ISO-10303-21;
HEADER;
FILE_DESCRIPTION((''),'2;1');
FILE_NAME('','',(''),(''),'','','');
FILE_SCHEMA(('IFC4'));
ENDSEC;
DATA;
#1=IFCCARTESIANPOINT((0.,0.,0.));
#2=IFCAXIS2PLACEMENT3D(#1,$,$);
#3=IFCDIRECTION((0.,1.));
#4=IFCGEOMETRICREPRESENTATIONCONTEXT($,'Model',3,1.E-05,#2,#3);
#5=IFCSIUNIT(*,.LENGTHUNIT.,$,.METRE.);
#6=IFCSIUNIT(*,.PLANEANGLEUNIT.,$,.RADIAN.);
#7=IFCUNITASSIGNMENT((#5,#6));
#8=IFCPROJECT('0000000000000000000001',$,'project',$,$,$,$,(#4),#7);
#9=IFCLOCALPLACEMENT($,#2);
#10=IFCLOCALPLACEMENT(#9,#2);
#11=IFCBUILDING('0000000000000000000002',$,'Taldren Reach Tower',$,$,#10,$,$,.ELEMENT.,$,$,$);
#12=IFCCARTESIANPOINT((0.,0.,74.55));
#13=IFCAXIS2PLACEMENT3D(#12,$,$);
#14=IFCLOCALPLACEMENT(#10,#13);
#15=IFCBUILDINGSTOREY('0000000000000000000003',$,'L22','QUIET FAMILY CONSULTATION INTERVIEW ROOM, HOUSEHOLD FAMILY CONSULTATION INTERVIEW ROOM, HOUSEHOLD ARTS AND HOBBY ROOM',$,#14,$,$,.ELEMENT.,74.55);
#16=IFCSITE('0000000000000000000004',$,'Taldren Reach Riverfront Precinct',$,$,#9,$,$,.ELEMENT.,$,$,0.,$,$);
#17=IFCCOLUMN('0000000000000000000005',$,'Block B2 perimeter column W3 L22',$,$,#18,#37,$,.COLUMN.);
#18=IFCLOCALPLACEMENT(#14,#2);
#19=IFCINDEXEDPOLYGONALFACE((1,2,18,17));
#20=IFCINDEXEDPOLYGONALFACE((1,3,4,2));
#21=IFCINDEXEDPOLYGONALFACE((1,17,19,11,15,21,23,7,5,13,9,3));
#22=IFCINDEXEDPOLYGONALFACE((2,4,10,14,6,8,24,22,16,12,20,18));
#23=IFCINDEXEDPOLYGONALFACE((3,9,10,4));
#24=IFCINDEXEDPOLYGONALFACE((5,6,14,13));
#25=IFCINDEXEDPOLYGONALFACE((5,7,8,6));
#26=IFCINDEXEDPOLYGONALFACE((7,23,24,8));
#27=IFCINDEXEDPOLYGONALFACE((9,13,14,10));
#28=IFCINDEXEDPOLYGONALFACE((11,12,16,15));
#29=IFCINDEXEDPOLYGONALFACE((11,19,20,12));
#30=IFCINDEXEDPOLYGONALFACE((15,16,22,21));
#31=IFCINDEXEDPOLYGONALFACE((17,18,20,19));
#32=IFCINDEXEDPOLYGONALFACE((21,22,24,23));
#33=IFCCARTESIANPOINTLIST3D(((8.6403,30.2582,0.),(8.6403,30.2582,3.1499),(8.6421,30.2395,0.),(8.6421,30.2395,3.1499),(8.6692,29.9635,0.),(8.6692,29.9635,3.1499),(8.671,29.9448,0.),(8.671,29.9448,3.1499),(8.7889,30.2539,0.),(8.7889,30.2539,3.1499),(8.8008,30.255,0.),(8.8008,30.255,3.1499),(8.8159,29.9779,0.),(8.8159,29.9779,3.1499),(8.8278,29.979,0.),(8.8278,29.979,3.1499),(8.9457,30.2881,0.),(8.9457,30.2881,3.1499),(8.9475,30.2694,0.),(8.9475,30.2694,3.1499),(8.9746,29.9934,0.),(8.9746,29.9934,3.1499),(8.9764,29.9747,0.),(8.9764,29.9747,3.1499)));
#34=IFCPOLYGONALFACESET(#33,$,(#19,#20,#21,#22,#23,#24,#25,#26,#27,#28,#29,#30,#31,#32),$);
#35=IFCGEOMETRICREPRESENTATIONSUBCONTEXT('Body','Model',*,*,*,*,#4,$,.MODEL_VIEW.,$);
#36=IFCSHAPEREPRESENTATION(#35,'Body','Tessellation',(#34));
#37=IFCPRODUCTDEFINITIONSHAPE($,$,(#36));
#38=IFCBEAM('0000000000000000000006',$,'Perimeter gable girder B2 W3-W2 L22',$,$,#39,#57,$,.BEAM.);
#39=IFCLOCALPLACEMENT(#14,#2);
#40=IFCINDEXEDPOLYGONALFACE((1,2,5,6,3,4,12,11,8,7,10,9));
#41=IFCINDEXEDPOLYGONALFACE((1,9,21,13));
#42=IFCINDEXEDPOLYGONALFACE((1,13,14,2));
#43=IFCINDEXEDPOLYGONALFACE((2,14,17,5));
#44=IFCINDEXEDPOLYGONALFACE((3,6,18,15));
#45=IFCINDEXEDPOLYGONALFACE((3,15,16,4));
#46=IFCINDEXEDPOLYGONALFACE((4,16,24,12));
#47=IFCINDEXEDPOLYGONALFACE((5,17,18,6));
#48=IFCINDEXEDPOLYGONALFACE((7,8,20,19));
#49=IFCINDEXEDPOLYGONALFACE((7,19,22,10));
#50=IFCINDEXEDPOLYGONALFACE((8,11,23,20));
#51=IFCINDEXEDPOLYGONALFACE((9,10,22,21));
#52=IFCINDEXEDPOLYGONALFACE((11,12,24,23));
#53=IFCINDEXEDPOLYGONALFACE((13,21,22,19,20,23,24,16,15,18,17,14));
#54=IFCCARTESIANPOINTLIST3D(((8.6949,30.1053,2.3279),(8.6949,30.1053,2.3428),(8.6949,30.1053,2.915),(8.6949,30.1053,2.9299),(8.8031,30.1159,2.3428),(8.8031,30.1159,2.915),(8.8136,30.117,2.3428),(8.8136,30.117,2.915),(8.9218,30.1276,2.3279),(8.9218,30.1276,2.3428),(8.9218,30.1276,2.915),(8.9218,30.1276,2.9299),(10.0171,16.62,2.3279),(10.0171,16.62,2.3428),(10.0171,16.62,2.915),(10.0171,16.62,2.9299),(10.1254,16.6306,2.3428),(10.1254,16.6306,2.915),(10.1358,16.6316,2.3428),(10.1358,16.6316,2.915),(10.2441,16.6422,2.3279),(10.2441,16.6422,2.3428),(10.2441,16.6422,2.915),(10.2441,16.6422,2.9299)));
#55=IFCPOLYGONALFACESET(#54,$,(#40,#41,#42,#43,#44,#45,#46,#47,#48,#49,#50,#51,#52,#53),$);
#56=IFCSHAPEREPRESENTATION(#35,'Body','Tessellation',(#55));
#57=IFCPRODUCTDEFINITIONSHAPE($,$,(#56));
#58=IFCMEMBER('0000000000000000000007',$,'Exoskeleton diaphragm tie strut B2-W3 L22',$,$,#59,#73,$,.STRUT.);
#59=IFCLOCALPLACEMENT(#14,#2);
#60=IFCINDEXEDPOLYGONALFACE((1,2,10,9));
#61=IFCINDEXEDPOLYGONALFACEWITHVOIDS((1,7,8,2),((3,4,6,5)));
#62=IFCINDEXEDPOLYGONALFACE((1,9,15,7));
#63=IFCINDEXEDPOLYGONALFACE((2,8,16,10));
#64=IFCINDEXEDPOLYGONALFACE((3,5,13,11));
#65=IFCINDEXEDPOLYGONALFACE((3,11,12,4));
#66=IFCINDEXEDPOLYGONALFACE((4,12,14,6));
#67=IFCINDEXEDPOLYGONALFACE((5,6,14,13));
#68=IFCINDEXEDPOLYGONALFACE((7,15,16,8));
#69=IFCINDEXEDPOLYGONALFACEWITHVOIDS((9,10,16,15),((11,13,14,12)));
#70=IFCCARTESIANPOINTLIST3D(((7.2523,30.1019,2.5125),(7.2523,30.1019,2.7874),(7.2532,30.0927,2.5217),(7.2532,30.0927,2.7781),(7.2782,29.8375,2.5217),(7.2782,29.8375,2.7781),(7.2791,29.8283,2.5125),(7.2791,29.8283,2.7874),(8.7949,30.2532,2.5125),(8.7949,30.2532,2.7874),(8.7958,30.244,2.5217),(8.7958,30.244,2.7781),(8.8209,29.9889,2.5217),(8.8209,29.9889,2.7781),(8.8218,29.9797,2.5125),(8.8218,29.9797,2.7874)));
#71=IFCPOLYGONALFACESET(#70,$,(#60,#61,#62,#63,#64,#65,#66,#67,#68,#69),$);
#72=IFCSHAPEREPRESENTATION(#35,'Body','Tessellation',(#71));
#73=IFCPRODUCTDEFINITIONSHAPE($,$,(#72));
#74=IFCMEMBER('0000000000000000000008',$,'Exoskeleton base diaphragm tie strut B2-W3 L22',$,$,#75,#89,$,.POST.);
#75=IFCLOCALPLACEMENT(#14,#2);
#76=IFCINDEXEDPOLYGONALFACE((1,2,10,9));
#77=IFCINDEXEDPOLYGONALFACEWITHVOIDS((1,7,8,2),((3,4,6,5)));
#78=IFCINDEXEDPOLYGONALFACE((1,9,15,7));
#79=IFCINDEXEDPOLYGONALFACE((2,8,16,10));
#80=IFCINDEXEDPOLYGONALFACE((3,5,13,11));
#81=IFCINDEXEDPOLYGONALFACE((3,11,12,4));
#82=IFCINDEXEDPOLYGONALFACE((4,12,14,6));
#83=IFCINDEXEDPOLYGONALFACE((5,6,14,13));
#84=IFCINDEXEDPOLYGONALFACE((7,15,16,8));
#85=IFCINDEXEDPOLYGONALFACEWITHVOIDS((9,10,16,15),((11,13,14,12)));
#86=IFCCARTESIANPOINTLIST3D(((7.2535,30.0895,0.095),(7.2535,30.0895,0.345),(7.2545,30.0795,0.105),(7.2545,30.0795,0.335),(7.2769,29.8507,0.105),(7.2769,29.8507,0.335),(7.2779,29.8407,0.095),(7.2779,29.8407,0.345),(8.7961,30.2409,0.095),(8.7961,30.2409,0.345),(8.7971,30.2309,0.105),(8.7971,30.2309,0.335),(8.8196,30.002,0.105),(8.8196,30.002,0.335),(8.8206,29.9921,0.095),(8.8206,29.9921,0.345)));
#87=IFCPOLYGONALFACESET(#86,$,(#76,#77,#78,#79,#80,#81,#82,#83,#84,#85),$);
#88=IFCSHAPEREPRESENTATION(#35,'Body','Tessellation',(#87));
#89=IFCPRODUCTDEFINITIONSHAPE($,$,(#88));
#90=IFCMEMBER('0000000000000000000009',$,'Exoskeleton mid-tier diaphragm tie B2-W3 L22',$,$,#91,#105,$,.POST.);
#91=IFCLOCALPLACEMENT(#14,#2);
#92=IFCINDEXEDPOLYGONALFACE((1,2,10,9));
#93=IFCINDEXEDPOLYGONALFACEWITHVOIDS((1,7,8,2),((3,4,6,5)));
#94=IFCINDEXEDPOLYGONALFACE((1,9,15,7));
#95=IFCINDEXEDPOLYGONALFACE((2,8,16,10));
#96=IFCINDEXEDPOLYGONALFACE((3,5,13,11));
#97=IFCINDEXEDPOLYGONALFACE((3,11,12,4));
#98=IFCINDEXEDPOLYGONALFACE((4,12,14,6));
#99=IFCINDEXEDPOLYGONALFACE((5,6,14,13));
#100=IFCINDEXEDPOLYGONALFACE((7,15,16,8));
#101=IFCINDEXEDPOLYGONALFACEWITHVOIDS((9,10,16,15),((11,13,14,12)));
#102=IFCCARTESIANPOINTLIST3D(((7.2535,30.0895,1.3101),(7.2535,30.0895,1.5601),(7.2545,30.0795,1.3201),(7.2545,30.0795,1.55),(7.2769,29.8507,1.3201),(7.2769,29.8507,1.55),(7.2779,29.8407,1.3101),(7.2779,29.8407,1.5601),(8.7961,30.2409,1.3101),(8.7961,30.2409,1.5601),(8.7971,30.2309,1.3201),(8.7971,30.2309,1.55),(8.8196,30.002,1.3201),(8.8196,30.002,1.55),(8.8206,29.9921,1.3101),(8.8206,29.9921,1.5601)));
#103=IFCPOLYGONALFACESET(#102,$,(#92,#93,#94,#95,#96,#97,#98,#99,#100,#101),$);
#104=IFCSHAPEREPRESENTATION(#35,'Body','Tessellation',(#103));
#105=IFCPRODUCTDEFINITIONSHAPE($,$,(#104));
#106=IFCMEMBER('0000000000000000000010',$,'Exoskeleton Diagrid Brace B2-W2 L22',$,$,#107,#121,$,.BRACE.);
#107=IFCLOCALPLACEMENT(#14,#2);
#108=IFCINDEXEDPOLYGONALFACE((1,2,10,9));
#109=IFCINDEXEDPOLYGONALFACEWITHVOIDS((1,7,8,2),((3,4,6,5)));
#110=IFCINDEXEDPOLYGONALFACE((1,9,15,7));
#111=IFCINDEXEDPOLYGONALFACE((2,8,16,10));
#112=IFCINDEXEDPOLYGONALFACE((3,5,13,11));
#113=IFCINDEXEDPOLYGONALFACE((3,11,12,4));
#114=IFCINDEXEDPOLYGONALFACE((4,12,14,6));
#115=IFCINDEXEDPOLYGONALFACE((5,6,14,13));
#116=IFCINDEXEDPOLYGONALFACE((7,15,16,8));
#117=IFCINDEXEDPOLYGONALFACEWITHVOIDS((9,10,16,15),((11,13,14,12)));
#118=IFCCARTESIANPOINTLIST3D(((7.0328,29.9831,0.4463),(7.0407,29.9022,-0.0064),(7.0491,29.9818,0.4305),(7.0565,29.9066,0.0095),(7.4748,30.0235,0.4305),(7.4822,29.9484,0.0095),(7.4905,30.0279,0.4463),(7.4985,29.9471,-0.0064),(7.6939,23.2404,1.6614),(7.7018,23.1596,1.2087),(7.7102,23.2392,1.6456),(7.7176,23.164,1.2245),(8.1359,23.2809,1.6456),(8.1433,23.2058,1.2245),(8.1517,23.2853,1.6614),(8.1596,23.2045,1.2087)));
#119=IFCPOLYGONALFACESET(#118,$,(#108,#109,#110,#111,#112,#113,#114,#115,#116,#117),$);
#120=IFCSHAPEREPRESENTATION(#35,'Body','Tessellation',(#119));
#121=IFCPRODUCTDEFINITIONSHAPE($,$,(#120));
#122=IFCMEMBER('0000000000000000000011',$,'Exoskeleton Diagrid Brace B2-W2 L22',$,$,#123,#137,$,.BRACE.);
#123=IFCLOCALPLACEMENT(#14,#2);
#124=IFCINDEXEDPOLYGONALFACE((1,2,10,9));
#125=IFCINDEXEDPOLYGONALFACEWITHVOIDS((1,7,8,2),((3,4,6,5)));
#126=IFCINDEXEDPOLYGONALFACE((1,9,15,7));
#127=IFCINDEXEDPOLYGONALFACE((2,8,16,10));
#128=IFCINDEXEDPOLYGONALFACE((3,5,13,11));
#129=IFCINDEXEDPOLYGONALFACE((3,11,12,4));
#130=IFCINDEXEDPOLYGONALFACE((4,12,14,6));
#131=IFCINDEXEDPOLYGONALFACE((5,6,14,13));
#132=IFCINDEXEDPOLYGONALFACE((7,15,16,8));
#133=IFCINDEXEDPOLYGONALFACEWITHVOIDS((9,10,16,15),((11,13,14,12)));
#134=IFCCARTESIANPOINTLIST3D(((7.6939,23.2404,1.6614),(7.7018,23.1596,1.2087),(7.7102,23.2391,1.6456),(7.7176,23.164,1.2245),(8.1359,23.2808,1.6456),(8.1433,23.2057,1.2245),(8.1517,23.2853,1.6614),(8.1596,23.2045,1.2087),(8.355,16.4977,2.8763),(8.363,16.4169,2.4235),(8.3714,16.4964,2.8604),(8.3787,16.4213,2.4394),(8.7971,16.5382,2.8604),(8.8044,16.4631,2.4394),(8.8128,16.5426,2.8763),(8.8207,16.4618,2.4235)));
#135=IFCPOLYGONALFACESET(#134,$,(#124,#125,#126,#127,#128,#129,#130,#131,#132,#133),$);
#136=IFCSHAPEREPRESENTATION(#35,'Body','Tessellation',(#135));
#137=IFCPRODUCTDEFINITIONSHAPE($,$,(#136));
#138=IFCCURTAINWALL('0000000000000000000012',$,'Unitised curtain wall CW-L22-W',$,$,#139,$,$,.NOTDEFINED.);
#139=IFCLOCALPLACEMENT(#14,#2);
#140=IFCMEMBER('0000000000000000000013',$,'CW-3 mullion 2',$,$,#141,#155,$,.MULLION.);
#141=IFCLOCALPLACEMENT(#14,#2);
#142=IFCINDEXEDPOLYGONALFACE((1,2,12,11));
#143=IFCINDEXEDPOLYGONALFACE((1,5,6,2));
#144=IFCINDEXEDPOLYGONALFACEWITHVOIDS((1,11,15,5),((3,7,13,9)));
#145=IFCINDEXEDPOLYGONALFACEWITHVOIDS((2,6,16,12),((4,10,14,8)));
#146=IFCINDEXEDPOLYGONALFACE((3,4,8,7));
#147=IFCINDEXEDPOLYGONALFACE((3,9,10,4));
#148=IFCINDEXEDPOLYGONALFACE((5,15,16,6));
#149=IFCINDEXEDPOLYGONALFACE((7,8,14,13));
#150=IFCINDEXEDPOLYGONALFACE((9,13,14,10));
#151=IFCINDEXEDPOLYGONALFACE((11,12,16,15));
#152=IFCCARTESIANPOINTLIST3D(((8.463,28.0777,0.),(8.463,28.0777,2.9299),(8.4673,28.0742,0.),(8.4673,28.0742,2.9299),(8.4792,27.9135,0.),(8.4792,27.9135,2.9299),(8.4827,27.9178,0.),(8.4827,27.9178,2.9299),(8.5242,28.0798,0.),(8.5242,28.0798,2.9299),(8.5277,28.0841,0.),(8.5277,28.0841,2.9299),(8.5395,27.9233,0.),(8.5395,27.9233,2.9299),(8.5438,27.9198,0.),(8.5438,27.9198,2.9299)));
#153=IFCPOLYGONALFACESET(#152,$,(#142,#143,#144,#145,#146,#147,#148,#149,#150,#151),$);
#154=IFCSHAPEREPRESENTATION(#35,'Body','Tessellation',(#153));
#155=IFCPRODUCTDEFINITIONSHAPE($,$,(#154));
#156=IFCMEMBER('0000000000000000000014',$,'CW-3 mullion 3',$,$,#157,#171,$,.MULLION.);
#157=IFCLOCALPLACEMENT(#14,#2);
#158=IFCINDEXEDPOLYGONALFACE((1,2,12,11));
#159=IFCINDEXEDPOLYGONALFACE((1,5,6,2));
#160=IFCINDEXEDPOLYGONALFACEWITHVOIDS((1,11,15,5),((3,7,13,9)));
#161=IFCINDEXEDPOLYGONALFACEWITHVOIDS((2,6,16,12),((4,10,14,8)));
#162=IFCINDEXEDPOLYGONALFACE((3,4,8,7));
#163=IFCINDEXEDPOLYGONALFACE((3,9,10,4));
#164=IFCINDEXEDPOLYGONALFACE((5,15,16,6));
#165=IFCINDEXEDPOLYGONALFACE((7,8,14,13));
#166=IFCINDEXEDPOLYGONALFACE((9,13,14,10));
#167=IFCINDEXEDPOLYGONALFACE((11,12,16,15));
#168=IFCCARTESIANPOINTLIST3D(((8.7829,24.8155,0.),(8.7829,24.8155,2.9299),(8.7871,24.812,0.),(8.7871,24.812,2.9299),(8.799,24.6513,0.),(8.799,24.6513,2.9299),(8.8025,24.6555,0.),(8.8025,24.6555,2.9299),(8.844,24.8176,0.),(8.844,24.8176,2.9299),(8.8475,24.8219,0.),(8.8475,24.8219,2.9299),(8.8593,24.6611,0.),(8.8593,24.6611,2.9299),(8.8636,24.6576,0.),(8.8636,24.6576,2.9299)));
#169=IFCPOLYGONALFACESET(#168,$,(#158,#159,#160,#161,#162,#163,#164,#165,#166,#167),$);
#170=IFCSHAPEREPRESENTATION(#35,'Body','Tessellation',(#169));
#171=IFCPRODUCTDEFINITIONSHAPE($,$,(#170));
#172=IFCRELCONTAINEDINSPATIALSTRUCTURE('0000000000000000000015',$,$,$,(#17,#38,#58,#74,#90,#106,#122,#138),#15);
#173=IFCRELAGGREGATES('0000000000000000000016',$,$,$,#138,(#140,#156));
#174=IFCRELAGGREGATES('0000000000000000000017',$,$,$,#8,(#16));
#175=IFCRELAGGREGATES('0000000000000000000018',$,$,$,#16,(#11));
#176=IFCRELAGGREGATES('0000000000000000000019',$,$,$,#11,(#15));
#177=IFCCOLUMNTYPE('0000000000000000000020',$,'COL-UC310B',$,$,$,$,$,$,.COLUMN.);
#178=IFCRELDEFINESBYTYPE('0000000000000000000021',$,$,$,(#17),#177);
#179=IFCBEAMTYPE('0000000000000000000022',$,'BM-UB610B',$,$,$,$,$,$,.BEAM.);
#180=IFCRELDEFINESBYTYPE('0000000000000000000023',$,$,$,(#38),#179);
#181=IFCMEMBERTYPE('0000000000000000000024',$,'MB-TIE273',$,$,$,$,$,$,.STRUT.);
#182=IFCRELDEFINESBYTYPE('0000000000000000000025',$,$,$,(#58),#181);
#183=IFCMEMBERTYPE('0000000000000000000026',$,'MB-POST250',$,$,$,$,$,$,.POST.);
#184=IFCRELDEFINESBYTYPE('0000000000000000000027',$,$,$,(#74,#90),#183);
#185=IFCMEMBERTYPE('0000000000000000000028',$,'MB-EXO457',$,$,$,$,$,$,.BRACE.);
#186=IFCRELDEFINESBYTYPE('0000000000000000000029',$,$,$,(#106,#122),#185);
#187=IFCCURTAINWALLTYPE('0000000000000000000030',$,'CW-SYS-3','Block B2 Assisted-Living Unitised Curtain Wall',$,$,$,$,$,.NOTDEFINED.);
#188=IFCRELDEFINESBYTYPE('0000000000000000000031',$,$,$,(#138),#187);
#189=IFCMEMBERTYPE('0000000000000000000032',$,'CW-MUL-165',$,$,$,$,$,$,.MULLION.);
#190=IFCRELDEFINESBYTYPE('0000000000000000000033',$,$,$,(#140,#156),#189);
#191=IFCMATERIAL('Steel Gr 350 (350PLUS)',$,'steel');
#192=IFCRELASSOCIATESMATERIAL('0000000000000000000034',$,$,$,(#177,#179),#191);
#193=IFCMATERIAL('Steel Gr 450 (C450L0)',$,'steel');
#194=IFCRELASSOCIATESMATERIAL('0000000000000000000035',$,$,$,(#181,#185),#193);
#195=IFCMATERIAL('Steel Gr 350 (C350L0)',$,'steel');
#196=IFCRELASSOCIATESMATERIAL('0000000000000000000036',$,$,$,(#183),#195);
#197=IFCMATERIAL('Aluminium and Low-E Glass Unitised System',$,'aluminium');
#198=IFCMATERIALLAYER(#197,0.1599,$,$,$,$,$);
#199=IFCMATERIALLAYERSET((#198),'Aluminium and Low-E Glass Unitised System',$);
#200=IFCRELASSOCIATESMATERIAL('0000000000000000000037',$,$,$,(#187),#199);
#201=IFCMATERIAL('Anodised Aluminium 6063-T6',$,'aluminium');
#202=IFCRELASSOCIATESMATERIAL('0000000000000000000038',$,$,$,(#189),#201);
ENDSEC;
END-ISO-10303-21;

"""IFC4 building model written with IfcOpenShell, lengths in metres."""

from ifc_helpers import new_model, si_unit, direction, frame, origin, origin_2d, place, context, subcontext, project, spatial, hollow_rectangle, i_section, extrude, source, transform, mapped, material, layer, layer_set, material_profile, profile_set, type_object, element, aggregate, save


model = new_model("IFC4")

# Units and contexts
model_context = context("Model", 3, precision=1e-05, world=origin(), true_north=direction((0.0, 1.0)))
body_context = subcontext(model_context, "Body", "Model", "MODEL_VIEW")
ifc_project = project(units=[si_unit("LENGTHUNIT", "METRE"), si_unit("PLANEANGLEUNIT", "RADIAN")], contexts=[model_context])

# Site, building, storey
site_placement = place(None, origin())
site = spatial("IfcSite", under=ifc_project, at=site_placement, Name="Taldren Reach Riverfront Precinct", CompositionType="ELEMENT", RefElevation=0.0)
building_placement = place(site_placement, origin())
building = spatial("IfcBuilding", under=site, at=building_placement, Name="Taldren Reach Tower", CompositionType="ELEMENT")
storey_placement = place(building_placement, frame((0.0, 0.0, 74.55)))
storey = spatial("IfcBuildingStorey", under=building, at=storey_placement, Name="L22", Description="QUIET FAMILY CONSULTATION INTERVIEW ROOM, HOUSEHOLD FAMILY CONSULTATION INTERVIEW ROOM, HOUSEHOLD ARTS AND HOBBY ROOM", CompositionType="ELEMENT", Elevation=74.55)

# Column
ifc_material_1 = material(Name="Steel Gr 350 (350PLUS)", Category="steel")
ifc_material_profile_1 = material_profile(ifc_material_1, i_section(OverallWidth=0.3069, OverallDepth=0.3149, WebThickness=0.012, FlangeThickness=0.0188, at=origin_2d()), Name="310UC118")
ifc_profile_set_1 = profile_set([ifc_material_profile_1], Name="Steel Gr 350 (350PLUS)")
column_type = type_object("IfcColumnType", Name="COL-UC310B", PredefinedType="COLUMN", material=ifc_profile_set_1)
shared_shape_1 = source(origin(), body_context, "Body", "SweptSolid", [
    extrude(i_section(OverallWidth=0.3069, OverallDepth=0.3149, WebThickness=0.012, FlangeThickness=0.0188, at=origin_2d()), origin(), (0.0, 0.0, 1.0), 3.1499),
])
column_placement = place(storey_placement, frame((8.8083, 30.1165, 0.0), z_axis=(0.0, 0.0, 1.0), x_axis=(0.995227, 0.097583, 0.0)))
element("IfcColumn", 1, at=column_placement, inside=storey, type_object=column_type, Name="Block B2 perimeter column W3 L22", PredefinedType="COLUMN", context=body_context, shape_type="MappedRepresentation", body=[
    mapped(shared_shape_1, transform((0.0, 0.0, 0.0), scale=1.0)),
])

# Beam
ifc_material_profile_2 = material_profile(ifc_material_1, i_section(OverallWidth=0.228, OverallDepth=0.6021, WebThickness=0.0105, FlangeThickness=0.0149, at=origin_2d()), Name="610UB101")
ifc_profile_set_2 = profile_set([ifc_material_profile_2], Name="Steel Gr 350 (350PLUS)")
beam_type = type_object("IfcBeamType", Name="BM-UB610B", PredefinedType="BEAM", material=ifc_profile_set_2)
shared_shape_2 = source(origin(), body_context, "Body", "SweptSolid", [
    extrude(i_section(OverallWidth=0.228, OverallDepth=0.6021, WebThickness=0.0105, FlangeThickness=0.0149, at=origin_2d()), origin(), (0.0, 0.0, 1.0), 13.55),
])
beam_placement = place(storey_placement, frame((8.8083, 30.1165, 2.6289), z_axis=(0.097584, -0.995227, 0.0), x_axis=(0.995227, 0.097584, 0.0)))
element("IfcBeam", 2, at=beam_placement, inside=storey, type_object=beam_type, Name="Perimeter gable girder B2 W3-W2 L22", PredefinedType="BEAM", context=body_context, shape_type="MappedRepresentation", body=[
    mapped(shared_shape_2, transform((0.0, 0.0, 0.0), scale=1.0)),
])

# Members
ifc_material_2 = material(Name="Steel Gr 450 (C450L0)", Category="steel")
ifc_material_profile_3 = material_profile(ifc_material_2, hollow_rectangle(XDim=0.2749, YDim=0.2749, WallThickness=0.0093, at=origin_2d()), Name="275x275x9.3SHS")
ifc_profile_set_3 = profile_set([ifc_material_profile_3], Name="Steel Gr 450 (C450L0)")
member_type_1 = type_object("IfcMemberType", Name="MB-TIE273", PredefinedType="STRUT", material=ifc_profile_set_3)
shared_shape_3 = source(origin(), body_context, "Body", "SweptSolid", [
    extrude(hollow_rectangle(XDim=0.2749, YDim=0.2749, WallThickness=0.0093, at=origin_2d()), origin(), (0.0, 0.0, 1.0), 1.55),
])
member_1_placement = place(storey_placement, frame((8.8083, 30.1165, 2.6499), z_axis=(-0.995221, -0.097648, 0.0), x_axis=(0.097648, -0.995221, 0.0)))
element("IfcMember", 3, at=member_1_placement, inside=storey, type_object=member_type_1, Name="Exoskeleton diaphragm tie strut B2-W3 L22", PredefinedType="STRUT", context=body_context, shape_type="MappedRepresentation", body=[
    mapped(shared_shape_3, transform((0.0, 0.0, 0.0), scale=1.0)),
])
ifc_material_3 = material(Name="Steel Gr 350 (C350L0)", Category="steel")
ifc_material_profile_4 = material_profile(ifc_material_3, hollow_rectangle(XDim=0.25, YDim=0.25, WallThickness=0.01, at=origin_2d()), Name="250x250x10.0SHS")
ifc_profile_set_4 = profile_set([ifc_material_profile_4], Name="Steel Gr 350 (C350L0)")
member_type_2 = type_object("IfcMemberType", Name="MB-POST250", PredefinedType="POST", material=ifc_profile_set_4)
shared_shape_4 = source(origin(), body_context, "Body", "SweptSolid", [
    extrude(hollow_rectangle(XDim=0.25, YDim=0.25, WallThickness=0.01, at=origin_2d()), origin(), (0.0, 0.0, 1.0), 1.55),
])
for number, where, z_axis, x_axis, name in (
    (4, (8.8083, 30.1165, 0.22), (-0.995221, -0.097648, 0.0), (0.097648, -0.995221, 0.0), "Exoskeleton base diaphragm tie strut B2-W3 L22"),
    (5, (8.8083, 30.1165, 1.4351), (-0.995221, -0.097648, 0.0), (0.097648, -0.995221, 0.0), "Exoskeleton mid-tier diaphragm tie B2-W3 L22"),
):
    element("IfcMember", number, at=place(storey_placement, frame(where, z_axis=z_axis, x_axis=x_axis)), inside=storey, type_object=member_type_2, Name=name, PredefinedType="POST", context=body_context, shape_type="MappedRepresentation", body=[
        mapped(shared_shape_4, transform((0.0, 0.0, 0.0), scale=1.0)),
    ])
ifc_material_profile_5 = material_profile(ifc_material_2, hollow_rectangle(XDim=0.46, YDim=0.46, WallThickness=0.0161, at=origin_2d()), Name="460x460x16.0SHS")
ifc_profile_set_5 = profile_set([ifc_material_profile_5], Name="Steel Gr 450 (C450L0)")
member_type_3 = type_object("IfcMemberType", Name="MB-EXO457", PredefinedType="BRACE", material=ifc_profile_set_5)
shared_shape_5 = source(origin(), body_context, "Body", "SweptSolid", [
    extrude(hollow_rectangle(XDim=0.46, YDim=0.46, WallThickness=0.0161, at=origin_2d()), origin(), (0.0, 0.0, 1.0), 6.8831),
])
for number, where, z_axis, x_axis, name in (
    (6, (7.2656, 29.9651, 0.22), (0.096051, -0.979597, 0.176532), (0.995227, 0.097584, 0.0), "Exoskeleton Diagrid Brace B2-W2 L22"),
    (7, (7.9268, 23.2224, 1.4351), (0.096052, -0.979603, 0.176497), (0.995227, 0.097584, 0.0), "Exoskeleton Diagrid Brace B2-W2 L22"),
):
    element("IfcMember", number, at=place(storey_placement, frame(where, z_axis=z_axis, x_axis=x_axis)), inside=storey, type_object=member_type_3, Name=name, PredefinedType="BRACE", context=body_context, shape_type="MappedRepresentation", body=[
        mapped(shared_shape_5, transform((0.0, 0.0, 0.0), scale=1.0)),
    ])

# Curtain wall, members
ifc_material_4 = material(Name="Aluminium and Low-E Glass Unitised System", Category="aluminium")
ifc_layer_1 = layer(ifc_material_4, 0.1599)
ifc_layer_set_1 = layer_set([ifc_layer_1], Name="Aluminium and Low-E Glass Unitised System")
curtain_wall_type = type_object("IfcCurtainWallType", Name="CW-SYS-3", Description="Block B2 Assisted-Living Unitised Curtain Wall", PredefinedType="NOTDEFINED", material=ifc_layer_set_1)
curtain_wall_placement = place(storey_placement, origin())
curtain_wall = element("IfcCurtainWall", 8, at=curtain_wall_placement, inside=storey, type_object=curtain_wall_type, Name="Unitised curtain wall CW-L22-W", PredefinedType="NOTDEFINED")
ifc_material_5 = material(Name="Anodised Aluminium 6063-T6", Category="aluminium")
ifc_material_profile_6 = material_profile(ifc_material_5, hollow_rectangle(XDim=0.0649, YDim=0.165, WallThickness=0.0039, at=origin_2d()), Name="ALU-165x65x4RHS")
ifc_profile_set_6 = profile_set([ifc_material_profile_6], Name="Anodised Aluminium 6063-T6")
member_type_4 = type_object("IfcMemberType", Name="CW-MUL-165", PredefinedType="MULLION", material=ifc_profile_set_6)
shared_shape_6 = source(origin(), body_context, "Body", "SweptSolid", [
    extrude(hollow_rectangle(XDim=0.0649, YDim=0.165, WallThickness=0.0039, at=origin_2d()), origin(), (0.0, 0.0, 1.0), 2.9299),
])
member_2_placement = place(storey_placement, frame((8.5034, 27.9988, 0.0), z_axis=(0.0, 0.0, 1.0), x_axis=(0.995227, 0.097583, 0.0)))
member_2 = element("IfcMember", 9, at=member_2_placement, type_object=member_type_4, Name="CW-3 mullion 2", PredefinedType="MULLION", context=body_context, shape_type="MappedRepresentation", body=[
    mapped(shared_shape_6, transform((0.0, 0.0, 0.0), scale=1.0)),
])
member_3_placement = place(storey_placement, frame((8.8232, 24.7366, 0.0), z_axis=(0.0, 0.0, 1.0), x_axis=(0.995227, 0.097583, 0.0)))
member_3 = element("IfcMember", 10, at=member_3_placement, type_object=member_type_4, Name="CW-3 mullion 3", PredefinedType="MULLION", context=body_context, shape_type="MappedRepresentation", body=[
    mapped(shared_shape_6, transform((0.0, 0.0, 0.0), scale=1.0)),
])

aggregate(curtain_wall, [member_2, member_3])

save(model, "model.ifc")
